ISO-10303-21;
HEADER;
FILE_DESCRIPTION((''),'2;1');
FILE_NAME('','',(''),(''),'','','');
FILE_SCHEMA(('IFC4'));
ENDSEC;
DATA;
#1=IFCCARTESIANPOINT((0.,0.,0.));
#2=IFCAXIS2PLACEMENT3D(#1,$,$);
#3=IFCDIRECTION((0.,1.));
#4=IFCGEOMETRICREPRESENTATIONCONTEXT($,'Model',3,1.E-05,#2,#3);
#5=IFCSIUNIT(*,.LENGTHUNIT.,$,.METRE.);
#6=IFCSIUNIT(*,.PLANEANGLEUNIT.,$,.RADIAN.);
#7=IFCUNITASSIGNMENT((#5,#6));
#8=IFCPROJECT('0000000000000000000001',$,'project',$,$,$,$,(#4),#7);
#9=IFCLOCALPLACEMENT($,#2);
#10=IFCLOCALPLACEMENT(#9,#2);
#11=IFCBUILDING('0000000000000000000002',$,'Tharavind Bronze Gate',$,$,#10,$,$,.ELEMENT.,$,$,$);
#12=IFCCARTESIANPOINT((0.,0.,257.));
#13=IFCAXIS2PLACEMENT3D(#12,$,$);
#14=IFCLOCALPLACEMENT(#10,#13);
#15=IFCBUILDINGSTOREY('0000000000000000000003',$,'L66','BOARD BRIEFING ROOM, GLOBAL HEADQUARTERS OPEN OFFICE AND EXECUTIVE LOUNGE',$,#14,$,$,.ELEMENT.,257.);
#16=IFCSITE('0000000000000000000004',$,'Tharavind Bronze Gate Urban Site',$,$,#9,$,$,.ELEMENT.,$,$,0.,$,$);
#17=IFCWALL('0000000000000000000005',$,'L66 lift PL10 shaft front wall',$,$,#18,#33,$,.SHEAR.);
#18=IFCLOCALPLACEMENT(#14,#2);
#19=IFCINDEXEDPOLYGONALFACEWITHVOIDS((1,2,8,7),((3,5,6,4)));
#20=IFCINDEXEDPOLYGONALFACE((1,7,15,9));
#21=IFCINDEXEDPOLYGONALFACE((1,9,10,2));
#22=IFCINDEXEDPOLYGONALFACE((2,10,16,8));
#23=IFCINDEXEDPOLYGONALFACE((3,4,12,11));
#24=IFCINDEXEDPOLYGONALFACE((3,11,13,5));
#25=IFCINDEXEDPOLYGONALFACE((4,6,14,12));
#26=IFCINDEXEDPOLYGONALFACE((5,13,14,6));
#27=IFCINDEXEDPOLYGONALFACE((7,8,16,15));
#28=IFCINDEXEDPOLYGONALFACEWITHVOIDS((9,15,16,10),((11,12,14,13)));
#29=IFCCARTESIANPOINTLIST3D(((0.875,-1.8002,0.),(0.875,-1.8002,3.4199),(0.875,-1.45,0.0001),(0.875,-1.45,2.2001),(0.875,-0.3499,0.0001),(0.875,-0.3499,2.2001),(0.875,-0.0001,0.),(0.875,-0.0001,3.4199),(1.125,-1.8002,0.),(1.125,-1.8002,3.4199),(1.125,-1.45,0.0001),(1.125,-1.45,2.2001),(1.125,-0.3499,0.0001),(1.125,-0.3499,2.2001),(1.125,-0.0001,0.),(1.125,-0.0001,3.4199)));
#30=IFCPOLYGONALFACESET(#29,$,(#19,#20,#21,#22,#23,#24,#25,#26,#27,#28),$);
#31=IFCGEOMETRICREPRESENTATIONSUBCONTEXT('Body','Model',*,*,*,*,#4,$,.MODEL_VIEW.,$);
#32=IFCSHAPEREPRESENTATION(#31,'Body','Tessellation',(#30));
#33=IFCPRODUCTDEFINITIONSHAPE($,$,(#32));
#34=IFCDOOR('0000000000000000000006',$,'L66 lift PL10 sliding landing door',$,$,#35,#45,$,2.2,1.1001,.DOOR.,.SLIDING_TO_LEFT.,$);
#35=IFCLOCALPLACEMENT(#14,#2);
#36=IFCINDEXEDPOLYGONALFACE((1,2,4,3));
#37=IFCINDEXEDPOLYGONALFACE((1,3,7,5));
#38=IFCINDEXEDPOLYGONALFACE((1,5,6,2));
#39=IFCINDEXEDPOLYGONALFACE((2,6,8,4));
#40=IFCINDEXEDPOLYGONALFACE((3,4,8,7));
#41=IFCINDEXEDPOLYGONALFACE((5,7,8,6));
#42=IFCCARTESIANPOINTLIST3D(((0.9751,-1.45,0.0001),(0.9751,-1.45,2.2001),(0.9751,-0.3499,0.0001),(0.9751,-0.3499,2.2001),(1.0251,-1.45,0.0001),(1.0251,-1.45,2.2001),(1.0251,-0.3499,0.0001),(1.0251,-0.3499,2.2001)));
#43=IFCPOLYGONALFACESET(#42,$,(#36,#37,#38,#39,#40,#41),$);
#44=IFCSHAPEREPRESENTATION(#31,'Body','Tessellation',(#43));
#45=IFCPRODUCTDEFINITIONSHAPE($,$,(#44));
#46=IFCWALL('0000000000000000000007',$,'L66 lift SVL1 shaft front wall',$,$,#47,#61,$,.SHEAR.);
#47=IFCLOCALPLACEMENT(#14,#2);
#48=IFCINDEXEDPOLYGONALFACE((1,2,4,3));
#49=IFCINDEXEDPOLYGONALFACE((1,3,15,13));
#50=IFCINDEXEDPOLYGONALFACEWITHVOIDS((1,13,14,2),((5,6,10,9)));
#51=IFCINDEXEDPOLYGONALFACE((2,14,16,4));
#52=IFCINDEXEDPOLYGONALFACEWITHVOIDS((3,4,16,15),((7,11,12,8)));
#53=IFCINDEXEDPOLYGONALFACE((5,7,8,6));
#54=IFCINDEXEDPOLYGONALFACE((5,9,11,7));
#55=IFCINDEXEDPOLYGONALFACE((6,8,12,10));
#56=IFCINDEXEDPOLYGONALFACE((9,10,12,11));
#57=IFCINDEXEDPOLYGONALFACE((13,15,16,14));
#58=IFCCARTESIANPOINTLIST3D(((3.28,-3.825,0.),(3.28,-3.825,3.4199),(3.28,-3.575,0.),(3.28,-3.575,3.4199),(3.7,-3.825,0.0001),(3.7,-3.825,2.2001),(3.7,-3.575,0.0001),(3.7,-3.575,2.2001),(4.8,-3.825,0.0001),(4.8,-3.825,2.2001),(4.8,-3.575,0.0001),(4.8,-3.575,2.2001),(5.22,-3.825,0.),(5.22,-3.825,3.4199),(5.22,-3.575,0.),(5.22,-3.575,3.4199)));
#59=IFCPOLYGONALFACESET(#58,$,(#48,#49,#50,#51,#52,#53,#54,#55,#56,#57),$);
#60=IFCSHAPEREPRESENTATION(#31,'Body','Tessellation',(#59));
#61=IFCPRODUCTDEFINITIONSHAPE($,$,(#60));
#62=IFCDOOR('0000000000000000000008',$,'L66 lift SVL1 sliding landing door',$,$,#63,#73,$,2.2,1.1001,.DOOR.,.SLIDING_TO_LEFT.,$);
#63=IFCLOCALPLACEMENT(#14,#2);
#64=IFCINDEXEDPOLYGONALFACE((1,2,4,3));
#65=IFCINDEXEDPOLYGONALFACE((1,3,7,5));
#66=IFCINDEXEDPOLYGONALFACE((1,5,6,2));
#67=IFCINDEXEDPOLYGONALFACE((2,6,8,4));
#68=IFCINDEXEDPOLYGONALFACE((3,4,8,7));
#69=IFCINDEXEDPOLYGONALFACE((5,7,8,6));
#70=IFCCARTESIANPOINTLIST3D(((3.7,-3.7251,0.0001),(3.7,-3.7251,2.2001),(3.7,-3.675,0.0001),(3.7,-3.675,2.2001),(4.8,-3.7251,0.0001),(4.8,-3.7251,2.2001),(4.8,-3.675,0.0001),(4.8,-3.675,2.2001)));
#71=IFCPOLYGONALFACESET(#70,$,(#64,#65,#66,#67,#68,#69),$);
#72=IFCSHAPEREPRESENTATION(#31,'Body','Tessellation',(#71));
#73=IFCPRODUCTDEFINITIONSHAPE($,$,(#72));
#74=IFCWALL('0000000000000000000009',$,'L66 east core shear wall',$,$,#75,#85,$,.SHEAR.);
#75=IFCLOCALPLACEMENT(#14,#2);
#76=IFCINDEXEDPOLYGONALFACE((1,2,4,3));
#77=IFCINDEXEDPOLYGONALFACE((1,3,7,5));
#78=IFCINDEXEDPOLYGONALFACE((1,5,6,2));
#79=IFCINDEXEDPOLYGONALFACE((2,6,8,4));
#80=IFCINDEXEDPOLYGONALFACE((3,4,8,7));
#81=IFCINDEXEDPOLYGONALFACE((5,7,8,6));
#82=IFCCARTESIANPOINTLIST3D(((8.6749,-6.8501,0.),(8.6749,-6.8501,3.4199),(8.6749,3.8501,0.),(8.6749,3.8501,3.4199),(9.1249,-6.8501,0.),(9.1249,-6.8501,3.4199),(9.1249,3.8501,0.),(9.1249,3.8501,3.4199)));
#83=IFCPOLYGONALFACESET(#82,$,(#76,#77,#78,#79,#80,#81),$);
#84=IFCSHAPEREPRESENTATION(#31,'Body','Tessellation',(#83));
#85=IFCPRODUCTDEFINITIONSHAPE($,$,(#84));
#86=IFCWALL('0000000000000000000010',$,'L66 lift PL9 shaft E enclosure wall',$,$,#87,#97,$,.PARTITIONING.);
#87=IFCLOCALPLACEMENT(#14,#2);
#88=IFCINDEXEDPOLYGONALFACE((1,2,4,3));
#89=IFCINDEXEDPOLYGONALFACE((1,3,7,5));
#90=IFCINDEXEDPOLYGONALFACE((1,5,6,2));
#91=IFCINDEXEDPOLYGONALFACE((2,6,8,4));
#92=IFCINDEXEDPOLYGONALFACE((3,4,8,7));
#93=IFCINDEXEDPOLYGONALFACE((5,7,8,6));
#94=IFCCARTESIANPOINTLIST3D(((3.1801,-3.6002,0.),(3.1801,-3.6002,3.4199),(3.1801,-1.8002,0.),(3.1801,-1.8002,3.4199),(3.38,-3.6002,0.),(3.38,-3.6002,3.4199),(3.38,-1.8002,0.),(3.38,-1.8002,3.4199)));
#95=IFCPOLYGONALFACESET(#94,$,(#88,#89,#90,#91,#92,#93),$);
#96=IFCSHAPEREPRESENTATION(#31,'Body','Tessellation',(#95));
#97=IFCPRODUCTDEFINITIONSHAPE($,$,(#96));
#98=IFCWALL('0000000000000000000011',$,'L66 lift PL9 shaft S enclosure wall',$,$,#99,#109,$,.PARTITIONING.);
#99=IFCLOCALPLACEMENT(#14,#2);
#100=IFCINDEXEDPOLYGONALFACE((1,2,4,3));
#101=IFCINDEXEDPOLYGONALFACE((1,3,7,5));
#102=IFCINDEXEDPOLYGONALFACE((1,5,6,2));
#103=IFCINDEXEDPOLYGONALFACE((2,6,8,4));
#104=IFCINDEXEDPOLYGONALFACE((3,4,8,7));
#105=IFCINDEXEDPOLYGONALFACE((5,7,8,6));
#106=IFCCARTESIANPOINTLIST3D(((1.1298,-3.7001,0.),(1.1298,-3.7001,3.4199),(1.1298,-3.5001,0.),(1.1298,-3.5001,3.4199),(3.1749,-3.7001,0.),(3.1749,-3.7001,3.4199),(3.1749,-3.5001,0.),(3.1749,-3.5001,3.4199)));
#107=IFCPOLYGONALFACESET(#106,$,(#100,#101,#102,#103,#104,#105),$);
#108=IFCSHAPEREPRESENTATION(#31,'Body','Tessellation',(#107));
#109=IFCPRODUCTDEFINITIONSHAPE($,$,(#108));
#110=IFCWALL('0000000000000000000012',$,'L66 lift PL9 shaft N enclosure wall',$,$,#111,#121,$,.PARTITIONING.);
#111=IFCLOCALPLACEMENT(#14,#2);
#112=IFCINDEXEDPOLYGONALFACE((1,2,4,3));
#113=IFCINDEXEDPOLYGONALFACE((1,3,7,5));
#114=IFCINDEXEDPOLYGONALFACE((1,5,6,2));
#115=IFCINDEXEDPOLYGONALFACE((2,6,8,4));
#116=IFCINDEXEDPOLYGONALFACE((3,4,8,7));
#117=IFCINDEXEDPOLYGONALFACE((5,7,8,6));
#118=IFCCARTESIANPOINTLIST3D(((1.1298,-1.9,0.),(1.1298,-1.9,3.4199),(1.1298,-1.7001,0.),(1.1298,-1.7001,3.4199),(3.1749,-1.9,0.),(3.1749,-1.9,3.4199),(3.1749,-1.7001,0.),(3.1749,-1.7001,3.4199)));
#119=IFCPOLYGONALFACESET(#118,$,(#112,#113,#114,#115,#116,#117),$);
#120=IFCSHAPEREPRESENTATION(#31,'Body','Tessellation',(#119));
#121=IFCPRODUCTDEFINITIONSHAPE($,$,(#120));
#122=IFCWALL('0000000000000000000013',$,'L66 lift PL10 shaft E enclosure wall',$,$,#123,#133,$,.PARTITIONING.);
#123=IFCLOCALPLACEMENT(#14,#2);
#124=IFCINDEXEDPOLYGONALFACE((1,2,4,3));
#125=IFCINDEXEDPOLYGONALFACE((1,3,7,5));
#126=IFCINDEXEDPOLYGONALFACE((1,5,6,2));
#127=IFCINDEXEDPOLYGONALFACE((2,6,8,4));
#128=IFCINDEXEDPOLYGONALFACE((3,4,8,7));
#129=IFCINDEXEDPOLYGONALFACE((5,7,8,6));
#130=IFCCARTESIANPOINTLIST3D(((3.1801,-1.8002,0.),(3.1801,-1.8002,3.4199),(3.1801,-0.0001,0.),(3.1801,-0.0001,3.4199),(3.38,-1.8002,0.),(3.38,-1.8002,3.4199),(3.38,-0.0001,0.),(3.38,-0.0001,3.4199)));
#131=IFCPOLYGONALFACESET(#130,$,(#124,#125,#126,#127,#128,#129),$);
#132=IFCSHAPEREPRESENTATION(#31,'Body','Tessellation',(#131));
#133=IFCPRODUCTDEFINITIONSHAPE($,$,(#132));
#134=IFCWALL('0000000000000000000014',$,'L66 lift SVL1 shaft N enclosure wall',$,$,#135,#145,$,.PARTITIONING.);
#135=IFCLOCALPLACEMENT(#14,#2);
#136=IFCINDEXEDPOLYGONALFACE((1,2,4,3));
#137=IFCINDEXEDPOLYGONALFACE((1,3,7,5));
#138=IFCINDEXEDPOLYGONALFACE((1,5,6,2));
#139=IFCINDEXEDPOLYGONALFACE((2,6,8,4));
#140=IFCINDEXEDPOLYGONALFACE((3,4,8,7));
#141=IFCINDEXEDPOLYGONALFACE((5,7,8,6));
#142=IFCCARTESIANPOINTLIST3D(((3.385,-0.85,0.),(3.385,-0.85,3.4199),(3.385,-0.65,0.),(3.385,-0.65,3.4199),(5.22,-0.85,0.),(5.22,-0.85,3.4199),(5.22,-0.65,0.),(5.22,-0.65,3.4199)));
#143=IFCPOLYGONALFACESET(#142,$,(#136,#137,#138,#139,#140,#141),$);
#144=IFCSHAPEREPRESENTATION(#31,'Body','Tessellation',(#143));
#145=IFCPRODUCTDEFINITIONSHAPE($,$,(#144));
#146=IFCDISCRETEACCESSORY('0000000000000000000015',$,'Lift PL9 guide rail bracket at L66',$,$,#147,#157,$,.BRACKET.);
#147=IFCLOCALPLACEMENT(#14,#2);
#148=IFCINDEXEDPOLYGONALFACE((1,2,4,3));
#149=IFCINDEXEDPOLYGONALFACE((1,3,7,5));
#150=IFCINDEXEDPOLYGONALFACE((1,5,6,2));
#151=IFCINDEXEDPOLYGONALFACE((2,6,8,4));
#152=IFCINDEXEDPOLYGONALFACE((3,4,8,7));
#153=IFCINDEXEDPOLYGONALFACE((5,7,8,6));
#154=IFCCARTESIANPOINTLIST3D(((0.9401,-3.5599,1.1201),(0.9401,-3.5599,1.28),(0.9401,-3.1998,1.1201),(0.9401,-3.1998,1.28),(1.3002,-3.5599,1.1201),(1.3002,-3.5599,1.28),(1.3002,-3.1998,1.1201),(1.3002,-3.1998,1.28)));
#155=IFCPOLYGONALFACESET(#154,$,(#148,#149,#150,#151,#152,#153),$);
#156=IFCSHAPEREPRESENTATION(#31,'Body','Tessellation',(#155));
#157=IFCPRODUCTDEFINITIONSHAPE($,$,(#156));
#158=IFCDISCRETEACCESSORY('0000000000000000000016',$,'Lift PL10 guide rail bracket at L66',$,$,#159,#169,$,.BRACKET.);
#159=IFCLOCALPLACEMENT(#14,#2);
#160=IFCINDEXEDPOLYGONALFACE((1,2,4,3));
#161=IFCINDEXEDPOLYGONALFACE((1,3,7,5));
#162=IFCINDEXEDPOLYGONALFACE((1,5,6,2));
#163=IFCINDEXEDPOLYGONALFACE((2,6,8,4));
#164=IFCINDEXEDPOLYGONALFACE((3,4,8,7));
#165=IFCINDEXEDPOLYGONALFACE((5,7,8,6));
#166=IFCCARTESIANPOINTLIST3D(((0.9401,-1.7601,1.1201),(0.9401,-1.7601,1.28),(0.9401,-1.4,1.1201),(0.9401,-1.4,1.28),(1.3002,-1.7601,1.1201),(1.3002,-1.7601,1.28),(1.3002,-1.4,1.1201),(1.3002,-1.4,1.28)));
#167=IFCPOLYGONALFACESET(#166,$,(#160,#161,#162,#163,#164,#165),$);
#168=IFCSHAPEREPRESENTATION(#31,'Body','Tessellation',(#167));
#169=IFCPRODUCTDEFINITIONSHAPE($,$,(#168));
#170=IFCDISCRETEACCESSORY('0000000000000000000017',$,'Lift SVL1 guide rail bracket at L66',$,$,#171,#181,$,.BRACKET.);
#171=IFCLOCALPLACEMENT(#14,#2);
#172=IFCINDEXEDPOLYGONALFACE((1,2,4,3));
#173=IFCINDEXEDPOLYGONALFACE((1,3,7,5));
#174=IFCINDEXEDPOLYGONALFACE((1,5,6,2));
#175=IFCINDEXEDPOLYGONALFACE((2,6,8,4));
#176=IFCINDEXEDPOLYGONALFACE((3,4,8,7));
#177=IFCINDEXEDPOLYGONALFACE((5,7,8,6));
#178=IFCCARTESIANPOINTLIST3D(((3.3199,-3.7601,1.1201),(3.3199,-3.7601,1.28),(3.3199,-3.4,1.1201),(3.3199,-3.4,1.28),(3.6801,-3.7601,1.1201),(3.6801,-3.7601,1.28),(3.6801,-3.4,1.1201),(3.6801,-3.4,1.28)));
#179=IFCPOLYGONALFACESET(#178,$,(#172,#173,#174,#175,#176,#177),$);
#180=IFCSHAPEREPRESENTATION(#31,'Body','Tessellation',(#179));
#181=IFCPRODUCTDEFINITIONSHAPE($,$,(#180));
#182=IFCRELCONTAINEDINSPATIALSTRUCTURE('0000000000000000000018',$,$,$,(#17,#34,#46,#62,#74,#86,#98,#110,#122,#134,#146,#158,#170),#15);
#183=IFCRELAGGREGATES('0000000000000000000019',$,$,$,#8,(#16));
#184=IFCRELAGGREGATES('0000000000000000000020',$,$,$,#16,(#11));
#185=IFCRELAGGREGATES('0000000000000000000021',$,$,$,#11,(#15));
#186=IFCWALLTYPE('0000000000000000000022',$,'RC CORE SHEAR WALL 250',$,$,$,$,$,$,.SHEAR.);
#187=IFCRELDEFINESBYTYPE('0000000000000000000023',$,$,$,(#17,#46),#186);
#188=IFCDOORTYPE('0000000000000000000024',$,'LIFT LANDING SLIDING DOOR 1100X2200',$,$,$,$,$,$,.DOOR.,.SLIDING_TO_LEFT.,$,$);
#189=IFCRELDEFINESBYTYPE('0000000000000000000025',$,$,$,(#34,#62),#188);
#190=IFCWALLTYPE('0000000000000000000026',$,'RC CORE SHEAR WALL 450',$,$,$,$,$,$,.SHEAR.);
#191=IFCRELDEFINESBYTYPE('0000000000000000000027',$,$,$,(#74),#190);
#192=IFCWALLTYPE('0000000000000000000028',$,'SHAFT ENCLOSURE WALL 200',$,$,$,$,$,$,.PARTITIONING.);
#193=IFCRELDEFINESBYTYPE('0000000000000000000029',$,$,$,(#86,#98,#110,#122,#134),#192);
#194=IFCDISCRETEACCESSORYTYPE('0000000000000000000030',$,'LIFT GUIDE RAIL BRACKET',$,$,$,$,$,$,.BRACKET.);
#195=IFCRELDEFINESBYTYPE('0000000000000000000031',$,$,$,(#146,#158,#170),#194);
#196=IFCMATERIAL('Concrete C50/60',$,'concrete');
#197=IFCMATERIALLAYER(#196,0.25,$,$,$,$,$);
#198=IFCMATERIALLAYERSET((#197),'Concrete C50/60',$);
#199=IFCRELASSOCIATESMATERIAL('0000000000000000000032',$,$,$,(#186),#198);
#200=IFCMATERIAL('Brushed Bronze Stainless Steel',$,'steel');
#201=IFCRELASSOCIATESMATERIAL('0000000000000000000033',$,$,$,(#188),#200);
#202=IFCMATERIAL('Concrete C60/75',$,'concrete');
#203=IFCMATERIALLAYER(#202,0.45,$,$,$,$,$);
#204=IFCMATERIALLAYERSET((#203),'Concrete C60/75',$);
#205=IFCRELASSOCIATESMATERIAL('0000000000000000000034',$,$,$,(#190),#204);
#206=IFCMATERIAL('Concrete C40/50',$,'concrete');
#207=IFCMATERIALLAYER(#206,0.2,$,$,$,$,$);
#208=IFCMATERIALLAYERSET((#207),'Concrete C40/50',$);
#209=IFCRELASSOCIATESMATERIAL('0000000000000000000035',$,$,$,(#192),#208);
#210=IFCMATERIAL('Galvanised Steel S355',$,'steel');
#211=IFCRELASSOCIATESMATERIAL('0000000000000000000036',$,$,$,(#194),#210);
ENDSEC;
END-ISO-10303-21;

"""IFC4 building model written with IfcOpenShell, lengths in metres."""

from ifc_helpers import new_model, si_unit, direction, frame, frame_2d, origin, origin_2d, place, context, subcontext, project, spatial, rectangle, extrude, material, layer, layer_set, type_object, element, fill, save


model = new_model("IFC4")

# Units and contexts
model_context = context("Model", 3, precision=1e-05, world=origin(), true_north=direction((0.0, 1.0)))
body_context = subcontext(model_context, "Body", "Model", "MODEL_VIEW")
ifc_project = project(units=[si_unit("LENGTHUNIT", "METRE"), si_unit("PLANEANGLEUNIT", "RADIAN")], contexts=[model_context])

# Site, building, storey
site_placement = place(None, origin())
site = spatial("IfcSite", under=ifc_project, at=site_placement, Name="Tharavind Bronze Gate Urban Site", CompositionType="ELEMENT", RefElevation=0.0)
building_placement = place(site_placement, origin())
building = spatial("IfcBuilding", under=site, at=building_placement, Name="Tharavind Bronze Gate", CompositionType="ELEMENT")
storey_placement = place(building_placement, frame((0.0, 0.0, 257.0)))
storey = spatial("IfcBuildingStorey", under=building, at=storey_placement, Name="L66", Description="BOARD BRIEFING ROOM, GLOBAL HEADQUARTERS OPEN OFFICE AND EXECUTIVE LOUNGE", CompositionType="ELEMENT", Elevation=257.0)

# Shared definitions
ifc_material_1 = material(Name="Concrete C50/60", Category="concrete")

# Shared definitions
ifc_layer_1 = layer(ifc_material_1, 0.25)
ifc_layer_set_1 = layer_set([ifc_layer_1], Name="Concrete C50/60")
wall_type_1 = type_object("IfcWallType", Name="RC CORE SHEAR WALL 250", PredefinedType="SHEAR", material=ifc_layer_set_1)

# Walls, openings, doors
ifc_material_2 = material(Name="Brushed Bronze Stainless Steel", Category="steel")
door_type = type_object("IfcDoorType", Name="LIFT LANDING SLIDING DOOR 1100X2200", OperationType="SLIDING_TO_LEFT", PredefinedType="DOOR", material=ifc_material_2)
wall_1_placement = place(storey_placement, frame((1.0, -1.8, 0.0), z_axis=(0.0, 0.0, 1.0), x_axis=(0.0, 1.0, 0.0)))
wall_1 = element("IfcWall", 1, at=wall_1_placement, inside=storey, type_object=wall_type_1, Name="L66 lift PL10 shaft front wall", PredefinedType="SHEAR", context=body_context, shape_type="SweptSolid", body=[
    extrude(rectangle(XDim=1.8, YDim=0.25, at=frame_2d((0.8999, 0.0))), origin(), (0.0, 0.0, 1.0), 3.4199),
])
opening_1_placement = place(wall_1_placement, frame((0.3501, 0.0, 0.0)))
opening_1 = element("IfcOpeningElement", 2, at=opening_1_placement, cuts=wall_1, PredefinedType="OPENING", context=body_context, shape_type="SweptSolid", body=[
    extrude(rectangle(XDim=1.1001, YDim=2.2, at=frame_2d((0.55, 1.1001))), frame((0.0, 0.135, 0.0), z_axis=(0.0, -1.0, 0.0), x_axis=(1.0, 0.0, 0.0)), (0.0, 0.0, 1.0), 0.27),
])
door_1_placement = place(opening_1_placement, origin())
door_1 = element("IfcDoor", 3, at=door_1_placement, inside=storey, type_object=door_type, Name="L66 lift PL10 sliding landing door", OperationType="SLIDING_TO_LEFT", OverallHeight=2.2, OverallWidth=1.1001, PredefinedType="DOOR", context=body_context, shape_type="SweptSolid", body=[
    extrude(rectangle(XDim=1.1001, YDim=2.2, at=frame_2d((0.55, 1.1001))), frame((0.0, 0.0249, 0.0), z_axis=(0.0, -1.0, 0.0), x_axis=(1.0, 0.0, 0.0)), (0.0, 0.0, 1.0), 0.05),
])
fill(opening_1, door_1)
wall_2_placement = place(storey_placement, frame((3.28, -3.7, 0.0), z_axis=(0.0, 0.0, 1.0), x_axis=(1.0, 0.0, 0.0)))
wall_2 = element("IfcWall", 4, at=wall_2_placement, inside=storey, type_object=wall_type_1, Name="L66 lift SVL1 shaft front wall", PredefinedType="SHEAR", context=body_context, shape_type="SweptSolid", body=[
    extrude(rectangle(XDim=1.9399, YDim=0.25, at=frame_2d((0.97, 0.0))), origin(), (0.0, 0.0, 1.0), 3.4199),
])
opening_2_placement = place(wall_2_placement, frame((0.4199, 0.0, 0.0)))
opening_2 = element("IfcOpeningElement", 5, at=opening_2_placement, cuts=wall_2, PredefinedType="OPENING", context=body_context, shape_type="SweptSolid", body=[
    extrude(rectangle(XDim=1.1001, YDim=2.2, at=frame_2d((0.55, 1.1001))), frame((0.0, 0.135, 0.0), z_axis=(0.0, -1.0, 0.0), x_axis=(1.0, 0.0, 0.0)), (0.0, 0.0, 1.0), 0.27),
])
door_2_placement = place(opening_2_placement, origin())
door_2 = element("IfcDoor", 6, at=door_2_placement, inside=storey, type_object=door_type, Name="L66 lift SVL1 sliding landing door", OperationType="SLIDING_TO_LEFT", OverallHeight=2.2, OverallWidth=1.1001, PredefinedType="DOOR", context=body_context, shape_type="SweptSolid", body=[
    extrude(rectangle(XDim=1.1001, YDim=2.2, at=frame_2d((0.55, 1.1001))), frame((0.0, 0.0249, 0.0), z_axis=(0.0, -1.0, 0.0), x_axis=(1.0, 0.0, 0.0)), (0.0, 0.0, 1.0), 0.05),
])
fill(opening_2, door_2)

# Walls
ifc_material_3 = material(Name="Concrete C60/75", Category="concrete")
ifc_layer_2 = layer(ifc_material_3, 0.45)
ifc_layer_set_2 = layer_set([ifc_layer_2], Name="Concrete C60/75")
wall_type_2 = type_object("IfcWallType", Name="RC CORE SHEAR WALL 450", PredefinedType="SHEAR", material=ifc_layer_set_2)
wall_3_placement = place(storey_placement, frame((8.8999, -6.8501, 0.0), z_axis=(0.0, 0.0, 1.0), x_axis=(0.0, 1.0, 0.0)))
element("IfcWall", 7, at=wall_3_placement, inside=storey, type_object=wall_type_2, Name="L66 east core shear wall", PredefinedType="SHEAR", context=body_context, shape_type="SweptSolid", body=[
    extrude(rectangle(XDim=10.7002, YDim=0.45, at=frame_2d((5.3501, 0.0))), origin(), (0.0, 0.0, 1.0), 3.4199),
])
ifc_material_4 = material(Name="Concrete C40/50", Category="concrete")
ifc_layer_3 = layer(ifc_material_4, 0.2)
ifc_layer_set_3 = layer_set([ifc_layer_3], Name="Concrete C40/50")
wall_type_3 = type_object("IfcWallType", Name="SHAFT ENCLOSURE WALL 200", PredefinedType="PARTITIONING", material=ifc_layer_set_3)
wall_4_placement = place(storey_placement, frame((3.28, -3.6001, 0.0), z_axis=(0.0, 0.0, 1.0), x_axis=(0.0, 1.0, 0.0)))
element("IfcWall", 8, at=wall_4_placement, inside=storey, type_object=wall_type_3, Name="L66 lift PL9 shaft E enclosure wall", PredefinedType="PARTITIONING", context=body_context, shape_type="SweptSolid", body=[
    extrude(rectangle(XDim=1.8, YDim=0.2, at=frame_2d((0.8999, 0.0))), origin(), (0.0, 0.0, 1.0), 3.4199),
])
for number, where, z_axis, x_axis, name in (
    (9, (1.1299, -3.6001, 0.0), (0.0, 0.0, 1.0), (1.0, 0.0, 0.0), "L66 lift PL9 shaft S enclosure wall"),
    (10, (1.1299, -1.8, 0.0), (0.0, 0.0, 1.0), (1.0, 0.0, 0.0), "L66 lift PL9 shaft N enclosure wall"),
):
    element("IfcWall", number, at=place(storey_placement, frame(where, z_axis=z_axis, x_axis=x_axis)), inside=storey, type_object=wall_type_3, Name=name, PredefinedType="PARTITIONING", context=body_context, shape_type="SweptSolid", body=[
        extrude(rectangle(XDim=2.0452, YDim=0.2, at=frame_2d((1.0225, 0.0))), origin(), (0.0, 0.0, 1.0), 3.4199),
    ])
wall_5_placement = place(storey_placement, frame((3.28, -1.8, 0.0), z_axis=(0.0, 0.0, 1.0), x_axis=(0.0, 1.0, 0.0)))
element("IfcWall", 11, at=wall_5_placement, inside=storey, type_object=wall_type_3, Name="L66 lift PL10 shaft E enclosure wall", PredefinedType="PARTITIONING", context=body_context, shape_type="SweptSolid", body=[
    extrude(rectangle(XDim=1.8, YDim=0.2, at=frame_2d((0.8999, 0.0))), origin(), (0.0, 0.0, 1.0), 3.4199),
])
wall_6_placement = place(storey_placement, frame((3.385, -0.75, 0.0), z_axis=(0.0, 0.0, 1.0), x_axis=(1.0, 0.0, 0.0)))
element("IfcWall", 12, at=wall_6_placement, inside=storey, type_object=wall_type_3, Name="L66 lift SVL1 shaft N enclosure wall", PredefinedType="PARTITIONING", context=body_context, shape_type="SweptSolid", body=[
    extrude(rectangle(XDim=1.835, YDim=0.2, at=frame_2d((0.9175, 0.0))), origin(), (0.0, 0.0, 1.0), 3.4199),
])

# Discrete accessories
ifc_material_5 = material(Name="Galvanised Steel S355", Category="steel")
discrete_accessory_type = type_object("IfcDiscreteAccessoryType", Name="LIFT GUIDE RAIL BRACKET", PredefinedType="BRACKET", material=ifc_material_5)
for number, where, z_axis, x_axis, name in (
    (13, (1.1201, -3.3799, 1.1201), (0.0, 0.0, 1.0), (1.0, 0.0, 0.0), "Lift PL9 guide rail bracket at L66"),
    (14, (1.1201, -1.5801, 1.1201), (0.0, 0.0, 1.0), (1.0, 0.0, 0.0), "Lift PL10 guide rail bracket at L66"),
    (15, (3.5, -3.5801, 1.1201), (0.0, 0.0, 1.0), (1.0, 0.0, 0.0), "Lift SVL1 guide rail bracket at L66"),
):
    element("IfcDiscreteAccessory", number, at=place(storey_placement, frame(where, z_axis=z_axis, x_axis=x_axis)), inside=storey, type_object=discrete_accessory_type, Name=name, PredefinedType="BRACKET", context=body_context, shape_type="SweptSolid", body=[
        extrude(rectangle(XDim=0.3601, YDim=0.3601, at=origin_2d()), origin(), (0.0, 0.0, 1.0), 0.1599),
    ])

save(model, "model.ifc")
